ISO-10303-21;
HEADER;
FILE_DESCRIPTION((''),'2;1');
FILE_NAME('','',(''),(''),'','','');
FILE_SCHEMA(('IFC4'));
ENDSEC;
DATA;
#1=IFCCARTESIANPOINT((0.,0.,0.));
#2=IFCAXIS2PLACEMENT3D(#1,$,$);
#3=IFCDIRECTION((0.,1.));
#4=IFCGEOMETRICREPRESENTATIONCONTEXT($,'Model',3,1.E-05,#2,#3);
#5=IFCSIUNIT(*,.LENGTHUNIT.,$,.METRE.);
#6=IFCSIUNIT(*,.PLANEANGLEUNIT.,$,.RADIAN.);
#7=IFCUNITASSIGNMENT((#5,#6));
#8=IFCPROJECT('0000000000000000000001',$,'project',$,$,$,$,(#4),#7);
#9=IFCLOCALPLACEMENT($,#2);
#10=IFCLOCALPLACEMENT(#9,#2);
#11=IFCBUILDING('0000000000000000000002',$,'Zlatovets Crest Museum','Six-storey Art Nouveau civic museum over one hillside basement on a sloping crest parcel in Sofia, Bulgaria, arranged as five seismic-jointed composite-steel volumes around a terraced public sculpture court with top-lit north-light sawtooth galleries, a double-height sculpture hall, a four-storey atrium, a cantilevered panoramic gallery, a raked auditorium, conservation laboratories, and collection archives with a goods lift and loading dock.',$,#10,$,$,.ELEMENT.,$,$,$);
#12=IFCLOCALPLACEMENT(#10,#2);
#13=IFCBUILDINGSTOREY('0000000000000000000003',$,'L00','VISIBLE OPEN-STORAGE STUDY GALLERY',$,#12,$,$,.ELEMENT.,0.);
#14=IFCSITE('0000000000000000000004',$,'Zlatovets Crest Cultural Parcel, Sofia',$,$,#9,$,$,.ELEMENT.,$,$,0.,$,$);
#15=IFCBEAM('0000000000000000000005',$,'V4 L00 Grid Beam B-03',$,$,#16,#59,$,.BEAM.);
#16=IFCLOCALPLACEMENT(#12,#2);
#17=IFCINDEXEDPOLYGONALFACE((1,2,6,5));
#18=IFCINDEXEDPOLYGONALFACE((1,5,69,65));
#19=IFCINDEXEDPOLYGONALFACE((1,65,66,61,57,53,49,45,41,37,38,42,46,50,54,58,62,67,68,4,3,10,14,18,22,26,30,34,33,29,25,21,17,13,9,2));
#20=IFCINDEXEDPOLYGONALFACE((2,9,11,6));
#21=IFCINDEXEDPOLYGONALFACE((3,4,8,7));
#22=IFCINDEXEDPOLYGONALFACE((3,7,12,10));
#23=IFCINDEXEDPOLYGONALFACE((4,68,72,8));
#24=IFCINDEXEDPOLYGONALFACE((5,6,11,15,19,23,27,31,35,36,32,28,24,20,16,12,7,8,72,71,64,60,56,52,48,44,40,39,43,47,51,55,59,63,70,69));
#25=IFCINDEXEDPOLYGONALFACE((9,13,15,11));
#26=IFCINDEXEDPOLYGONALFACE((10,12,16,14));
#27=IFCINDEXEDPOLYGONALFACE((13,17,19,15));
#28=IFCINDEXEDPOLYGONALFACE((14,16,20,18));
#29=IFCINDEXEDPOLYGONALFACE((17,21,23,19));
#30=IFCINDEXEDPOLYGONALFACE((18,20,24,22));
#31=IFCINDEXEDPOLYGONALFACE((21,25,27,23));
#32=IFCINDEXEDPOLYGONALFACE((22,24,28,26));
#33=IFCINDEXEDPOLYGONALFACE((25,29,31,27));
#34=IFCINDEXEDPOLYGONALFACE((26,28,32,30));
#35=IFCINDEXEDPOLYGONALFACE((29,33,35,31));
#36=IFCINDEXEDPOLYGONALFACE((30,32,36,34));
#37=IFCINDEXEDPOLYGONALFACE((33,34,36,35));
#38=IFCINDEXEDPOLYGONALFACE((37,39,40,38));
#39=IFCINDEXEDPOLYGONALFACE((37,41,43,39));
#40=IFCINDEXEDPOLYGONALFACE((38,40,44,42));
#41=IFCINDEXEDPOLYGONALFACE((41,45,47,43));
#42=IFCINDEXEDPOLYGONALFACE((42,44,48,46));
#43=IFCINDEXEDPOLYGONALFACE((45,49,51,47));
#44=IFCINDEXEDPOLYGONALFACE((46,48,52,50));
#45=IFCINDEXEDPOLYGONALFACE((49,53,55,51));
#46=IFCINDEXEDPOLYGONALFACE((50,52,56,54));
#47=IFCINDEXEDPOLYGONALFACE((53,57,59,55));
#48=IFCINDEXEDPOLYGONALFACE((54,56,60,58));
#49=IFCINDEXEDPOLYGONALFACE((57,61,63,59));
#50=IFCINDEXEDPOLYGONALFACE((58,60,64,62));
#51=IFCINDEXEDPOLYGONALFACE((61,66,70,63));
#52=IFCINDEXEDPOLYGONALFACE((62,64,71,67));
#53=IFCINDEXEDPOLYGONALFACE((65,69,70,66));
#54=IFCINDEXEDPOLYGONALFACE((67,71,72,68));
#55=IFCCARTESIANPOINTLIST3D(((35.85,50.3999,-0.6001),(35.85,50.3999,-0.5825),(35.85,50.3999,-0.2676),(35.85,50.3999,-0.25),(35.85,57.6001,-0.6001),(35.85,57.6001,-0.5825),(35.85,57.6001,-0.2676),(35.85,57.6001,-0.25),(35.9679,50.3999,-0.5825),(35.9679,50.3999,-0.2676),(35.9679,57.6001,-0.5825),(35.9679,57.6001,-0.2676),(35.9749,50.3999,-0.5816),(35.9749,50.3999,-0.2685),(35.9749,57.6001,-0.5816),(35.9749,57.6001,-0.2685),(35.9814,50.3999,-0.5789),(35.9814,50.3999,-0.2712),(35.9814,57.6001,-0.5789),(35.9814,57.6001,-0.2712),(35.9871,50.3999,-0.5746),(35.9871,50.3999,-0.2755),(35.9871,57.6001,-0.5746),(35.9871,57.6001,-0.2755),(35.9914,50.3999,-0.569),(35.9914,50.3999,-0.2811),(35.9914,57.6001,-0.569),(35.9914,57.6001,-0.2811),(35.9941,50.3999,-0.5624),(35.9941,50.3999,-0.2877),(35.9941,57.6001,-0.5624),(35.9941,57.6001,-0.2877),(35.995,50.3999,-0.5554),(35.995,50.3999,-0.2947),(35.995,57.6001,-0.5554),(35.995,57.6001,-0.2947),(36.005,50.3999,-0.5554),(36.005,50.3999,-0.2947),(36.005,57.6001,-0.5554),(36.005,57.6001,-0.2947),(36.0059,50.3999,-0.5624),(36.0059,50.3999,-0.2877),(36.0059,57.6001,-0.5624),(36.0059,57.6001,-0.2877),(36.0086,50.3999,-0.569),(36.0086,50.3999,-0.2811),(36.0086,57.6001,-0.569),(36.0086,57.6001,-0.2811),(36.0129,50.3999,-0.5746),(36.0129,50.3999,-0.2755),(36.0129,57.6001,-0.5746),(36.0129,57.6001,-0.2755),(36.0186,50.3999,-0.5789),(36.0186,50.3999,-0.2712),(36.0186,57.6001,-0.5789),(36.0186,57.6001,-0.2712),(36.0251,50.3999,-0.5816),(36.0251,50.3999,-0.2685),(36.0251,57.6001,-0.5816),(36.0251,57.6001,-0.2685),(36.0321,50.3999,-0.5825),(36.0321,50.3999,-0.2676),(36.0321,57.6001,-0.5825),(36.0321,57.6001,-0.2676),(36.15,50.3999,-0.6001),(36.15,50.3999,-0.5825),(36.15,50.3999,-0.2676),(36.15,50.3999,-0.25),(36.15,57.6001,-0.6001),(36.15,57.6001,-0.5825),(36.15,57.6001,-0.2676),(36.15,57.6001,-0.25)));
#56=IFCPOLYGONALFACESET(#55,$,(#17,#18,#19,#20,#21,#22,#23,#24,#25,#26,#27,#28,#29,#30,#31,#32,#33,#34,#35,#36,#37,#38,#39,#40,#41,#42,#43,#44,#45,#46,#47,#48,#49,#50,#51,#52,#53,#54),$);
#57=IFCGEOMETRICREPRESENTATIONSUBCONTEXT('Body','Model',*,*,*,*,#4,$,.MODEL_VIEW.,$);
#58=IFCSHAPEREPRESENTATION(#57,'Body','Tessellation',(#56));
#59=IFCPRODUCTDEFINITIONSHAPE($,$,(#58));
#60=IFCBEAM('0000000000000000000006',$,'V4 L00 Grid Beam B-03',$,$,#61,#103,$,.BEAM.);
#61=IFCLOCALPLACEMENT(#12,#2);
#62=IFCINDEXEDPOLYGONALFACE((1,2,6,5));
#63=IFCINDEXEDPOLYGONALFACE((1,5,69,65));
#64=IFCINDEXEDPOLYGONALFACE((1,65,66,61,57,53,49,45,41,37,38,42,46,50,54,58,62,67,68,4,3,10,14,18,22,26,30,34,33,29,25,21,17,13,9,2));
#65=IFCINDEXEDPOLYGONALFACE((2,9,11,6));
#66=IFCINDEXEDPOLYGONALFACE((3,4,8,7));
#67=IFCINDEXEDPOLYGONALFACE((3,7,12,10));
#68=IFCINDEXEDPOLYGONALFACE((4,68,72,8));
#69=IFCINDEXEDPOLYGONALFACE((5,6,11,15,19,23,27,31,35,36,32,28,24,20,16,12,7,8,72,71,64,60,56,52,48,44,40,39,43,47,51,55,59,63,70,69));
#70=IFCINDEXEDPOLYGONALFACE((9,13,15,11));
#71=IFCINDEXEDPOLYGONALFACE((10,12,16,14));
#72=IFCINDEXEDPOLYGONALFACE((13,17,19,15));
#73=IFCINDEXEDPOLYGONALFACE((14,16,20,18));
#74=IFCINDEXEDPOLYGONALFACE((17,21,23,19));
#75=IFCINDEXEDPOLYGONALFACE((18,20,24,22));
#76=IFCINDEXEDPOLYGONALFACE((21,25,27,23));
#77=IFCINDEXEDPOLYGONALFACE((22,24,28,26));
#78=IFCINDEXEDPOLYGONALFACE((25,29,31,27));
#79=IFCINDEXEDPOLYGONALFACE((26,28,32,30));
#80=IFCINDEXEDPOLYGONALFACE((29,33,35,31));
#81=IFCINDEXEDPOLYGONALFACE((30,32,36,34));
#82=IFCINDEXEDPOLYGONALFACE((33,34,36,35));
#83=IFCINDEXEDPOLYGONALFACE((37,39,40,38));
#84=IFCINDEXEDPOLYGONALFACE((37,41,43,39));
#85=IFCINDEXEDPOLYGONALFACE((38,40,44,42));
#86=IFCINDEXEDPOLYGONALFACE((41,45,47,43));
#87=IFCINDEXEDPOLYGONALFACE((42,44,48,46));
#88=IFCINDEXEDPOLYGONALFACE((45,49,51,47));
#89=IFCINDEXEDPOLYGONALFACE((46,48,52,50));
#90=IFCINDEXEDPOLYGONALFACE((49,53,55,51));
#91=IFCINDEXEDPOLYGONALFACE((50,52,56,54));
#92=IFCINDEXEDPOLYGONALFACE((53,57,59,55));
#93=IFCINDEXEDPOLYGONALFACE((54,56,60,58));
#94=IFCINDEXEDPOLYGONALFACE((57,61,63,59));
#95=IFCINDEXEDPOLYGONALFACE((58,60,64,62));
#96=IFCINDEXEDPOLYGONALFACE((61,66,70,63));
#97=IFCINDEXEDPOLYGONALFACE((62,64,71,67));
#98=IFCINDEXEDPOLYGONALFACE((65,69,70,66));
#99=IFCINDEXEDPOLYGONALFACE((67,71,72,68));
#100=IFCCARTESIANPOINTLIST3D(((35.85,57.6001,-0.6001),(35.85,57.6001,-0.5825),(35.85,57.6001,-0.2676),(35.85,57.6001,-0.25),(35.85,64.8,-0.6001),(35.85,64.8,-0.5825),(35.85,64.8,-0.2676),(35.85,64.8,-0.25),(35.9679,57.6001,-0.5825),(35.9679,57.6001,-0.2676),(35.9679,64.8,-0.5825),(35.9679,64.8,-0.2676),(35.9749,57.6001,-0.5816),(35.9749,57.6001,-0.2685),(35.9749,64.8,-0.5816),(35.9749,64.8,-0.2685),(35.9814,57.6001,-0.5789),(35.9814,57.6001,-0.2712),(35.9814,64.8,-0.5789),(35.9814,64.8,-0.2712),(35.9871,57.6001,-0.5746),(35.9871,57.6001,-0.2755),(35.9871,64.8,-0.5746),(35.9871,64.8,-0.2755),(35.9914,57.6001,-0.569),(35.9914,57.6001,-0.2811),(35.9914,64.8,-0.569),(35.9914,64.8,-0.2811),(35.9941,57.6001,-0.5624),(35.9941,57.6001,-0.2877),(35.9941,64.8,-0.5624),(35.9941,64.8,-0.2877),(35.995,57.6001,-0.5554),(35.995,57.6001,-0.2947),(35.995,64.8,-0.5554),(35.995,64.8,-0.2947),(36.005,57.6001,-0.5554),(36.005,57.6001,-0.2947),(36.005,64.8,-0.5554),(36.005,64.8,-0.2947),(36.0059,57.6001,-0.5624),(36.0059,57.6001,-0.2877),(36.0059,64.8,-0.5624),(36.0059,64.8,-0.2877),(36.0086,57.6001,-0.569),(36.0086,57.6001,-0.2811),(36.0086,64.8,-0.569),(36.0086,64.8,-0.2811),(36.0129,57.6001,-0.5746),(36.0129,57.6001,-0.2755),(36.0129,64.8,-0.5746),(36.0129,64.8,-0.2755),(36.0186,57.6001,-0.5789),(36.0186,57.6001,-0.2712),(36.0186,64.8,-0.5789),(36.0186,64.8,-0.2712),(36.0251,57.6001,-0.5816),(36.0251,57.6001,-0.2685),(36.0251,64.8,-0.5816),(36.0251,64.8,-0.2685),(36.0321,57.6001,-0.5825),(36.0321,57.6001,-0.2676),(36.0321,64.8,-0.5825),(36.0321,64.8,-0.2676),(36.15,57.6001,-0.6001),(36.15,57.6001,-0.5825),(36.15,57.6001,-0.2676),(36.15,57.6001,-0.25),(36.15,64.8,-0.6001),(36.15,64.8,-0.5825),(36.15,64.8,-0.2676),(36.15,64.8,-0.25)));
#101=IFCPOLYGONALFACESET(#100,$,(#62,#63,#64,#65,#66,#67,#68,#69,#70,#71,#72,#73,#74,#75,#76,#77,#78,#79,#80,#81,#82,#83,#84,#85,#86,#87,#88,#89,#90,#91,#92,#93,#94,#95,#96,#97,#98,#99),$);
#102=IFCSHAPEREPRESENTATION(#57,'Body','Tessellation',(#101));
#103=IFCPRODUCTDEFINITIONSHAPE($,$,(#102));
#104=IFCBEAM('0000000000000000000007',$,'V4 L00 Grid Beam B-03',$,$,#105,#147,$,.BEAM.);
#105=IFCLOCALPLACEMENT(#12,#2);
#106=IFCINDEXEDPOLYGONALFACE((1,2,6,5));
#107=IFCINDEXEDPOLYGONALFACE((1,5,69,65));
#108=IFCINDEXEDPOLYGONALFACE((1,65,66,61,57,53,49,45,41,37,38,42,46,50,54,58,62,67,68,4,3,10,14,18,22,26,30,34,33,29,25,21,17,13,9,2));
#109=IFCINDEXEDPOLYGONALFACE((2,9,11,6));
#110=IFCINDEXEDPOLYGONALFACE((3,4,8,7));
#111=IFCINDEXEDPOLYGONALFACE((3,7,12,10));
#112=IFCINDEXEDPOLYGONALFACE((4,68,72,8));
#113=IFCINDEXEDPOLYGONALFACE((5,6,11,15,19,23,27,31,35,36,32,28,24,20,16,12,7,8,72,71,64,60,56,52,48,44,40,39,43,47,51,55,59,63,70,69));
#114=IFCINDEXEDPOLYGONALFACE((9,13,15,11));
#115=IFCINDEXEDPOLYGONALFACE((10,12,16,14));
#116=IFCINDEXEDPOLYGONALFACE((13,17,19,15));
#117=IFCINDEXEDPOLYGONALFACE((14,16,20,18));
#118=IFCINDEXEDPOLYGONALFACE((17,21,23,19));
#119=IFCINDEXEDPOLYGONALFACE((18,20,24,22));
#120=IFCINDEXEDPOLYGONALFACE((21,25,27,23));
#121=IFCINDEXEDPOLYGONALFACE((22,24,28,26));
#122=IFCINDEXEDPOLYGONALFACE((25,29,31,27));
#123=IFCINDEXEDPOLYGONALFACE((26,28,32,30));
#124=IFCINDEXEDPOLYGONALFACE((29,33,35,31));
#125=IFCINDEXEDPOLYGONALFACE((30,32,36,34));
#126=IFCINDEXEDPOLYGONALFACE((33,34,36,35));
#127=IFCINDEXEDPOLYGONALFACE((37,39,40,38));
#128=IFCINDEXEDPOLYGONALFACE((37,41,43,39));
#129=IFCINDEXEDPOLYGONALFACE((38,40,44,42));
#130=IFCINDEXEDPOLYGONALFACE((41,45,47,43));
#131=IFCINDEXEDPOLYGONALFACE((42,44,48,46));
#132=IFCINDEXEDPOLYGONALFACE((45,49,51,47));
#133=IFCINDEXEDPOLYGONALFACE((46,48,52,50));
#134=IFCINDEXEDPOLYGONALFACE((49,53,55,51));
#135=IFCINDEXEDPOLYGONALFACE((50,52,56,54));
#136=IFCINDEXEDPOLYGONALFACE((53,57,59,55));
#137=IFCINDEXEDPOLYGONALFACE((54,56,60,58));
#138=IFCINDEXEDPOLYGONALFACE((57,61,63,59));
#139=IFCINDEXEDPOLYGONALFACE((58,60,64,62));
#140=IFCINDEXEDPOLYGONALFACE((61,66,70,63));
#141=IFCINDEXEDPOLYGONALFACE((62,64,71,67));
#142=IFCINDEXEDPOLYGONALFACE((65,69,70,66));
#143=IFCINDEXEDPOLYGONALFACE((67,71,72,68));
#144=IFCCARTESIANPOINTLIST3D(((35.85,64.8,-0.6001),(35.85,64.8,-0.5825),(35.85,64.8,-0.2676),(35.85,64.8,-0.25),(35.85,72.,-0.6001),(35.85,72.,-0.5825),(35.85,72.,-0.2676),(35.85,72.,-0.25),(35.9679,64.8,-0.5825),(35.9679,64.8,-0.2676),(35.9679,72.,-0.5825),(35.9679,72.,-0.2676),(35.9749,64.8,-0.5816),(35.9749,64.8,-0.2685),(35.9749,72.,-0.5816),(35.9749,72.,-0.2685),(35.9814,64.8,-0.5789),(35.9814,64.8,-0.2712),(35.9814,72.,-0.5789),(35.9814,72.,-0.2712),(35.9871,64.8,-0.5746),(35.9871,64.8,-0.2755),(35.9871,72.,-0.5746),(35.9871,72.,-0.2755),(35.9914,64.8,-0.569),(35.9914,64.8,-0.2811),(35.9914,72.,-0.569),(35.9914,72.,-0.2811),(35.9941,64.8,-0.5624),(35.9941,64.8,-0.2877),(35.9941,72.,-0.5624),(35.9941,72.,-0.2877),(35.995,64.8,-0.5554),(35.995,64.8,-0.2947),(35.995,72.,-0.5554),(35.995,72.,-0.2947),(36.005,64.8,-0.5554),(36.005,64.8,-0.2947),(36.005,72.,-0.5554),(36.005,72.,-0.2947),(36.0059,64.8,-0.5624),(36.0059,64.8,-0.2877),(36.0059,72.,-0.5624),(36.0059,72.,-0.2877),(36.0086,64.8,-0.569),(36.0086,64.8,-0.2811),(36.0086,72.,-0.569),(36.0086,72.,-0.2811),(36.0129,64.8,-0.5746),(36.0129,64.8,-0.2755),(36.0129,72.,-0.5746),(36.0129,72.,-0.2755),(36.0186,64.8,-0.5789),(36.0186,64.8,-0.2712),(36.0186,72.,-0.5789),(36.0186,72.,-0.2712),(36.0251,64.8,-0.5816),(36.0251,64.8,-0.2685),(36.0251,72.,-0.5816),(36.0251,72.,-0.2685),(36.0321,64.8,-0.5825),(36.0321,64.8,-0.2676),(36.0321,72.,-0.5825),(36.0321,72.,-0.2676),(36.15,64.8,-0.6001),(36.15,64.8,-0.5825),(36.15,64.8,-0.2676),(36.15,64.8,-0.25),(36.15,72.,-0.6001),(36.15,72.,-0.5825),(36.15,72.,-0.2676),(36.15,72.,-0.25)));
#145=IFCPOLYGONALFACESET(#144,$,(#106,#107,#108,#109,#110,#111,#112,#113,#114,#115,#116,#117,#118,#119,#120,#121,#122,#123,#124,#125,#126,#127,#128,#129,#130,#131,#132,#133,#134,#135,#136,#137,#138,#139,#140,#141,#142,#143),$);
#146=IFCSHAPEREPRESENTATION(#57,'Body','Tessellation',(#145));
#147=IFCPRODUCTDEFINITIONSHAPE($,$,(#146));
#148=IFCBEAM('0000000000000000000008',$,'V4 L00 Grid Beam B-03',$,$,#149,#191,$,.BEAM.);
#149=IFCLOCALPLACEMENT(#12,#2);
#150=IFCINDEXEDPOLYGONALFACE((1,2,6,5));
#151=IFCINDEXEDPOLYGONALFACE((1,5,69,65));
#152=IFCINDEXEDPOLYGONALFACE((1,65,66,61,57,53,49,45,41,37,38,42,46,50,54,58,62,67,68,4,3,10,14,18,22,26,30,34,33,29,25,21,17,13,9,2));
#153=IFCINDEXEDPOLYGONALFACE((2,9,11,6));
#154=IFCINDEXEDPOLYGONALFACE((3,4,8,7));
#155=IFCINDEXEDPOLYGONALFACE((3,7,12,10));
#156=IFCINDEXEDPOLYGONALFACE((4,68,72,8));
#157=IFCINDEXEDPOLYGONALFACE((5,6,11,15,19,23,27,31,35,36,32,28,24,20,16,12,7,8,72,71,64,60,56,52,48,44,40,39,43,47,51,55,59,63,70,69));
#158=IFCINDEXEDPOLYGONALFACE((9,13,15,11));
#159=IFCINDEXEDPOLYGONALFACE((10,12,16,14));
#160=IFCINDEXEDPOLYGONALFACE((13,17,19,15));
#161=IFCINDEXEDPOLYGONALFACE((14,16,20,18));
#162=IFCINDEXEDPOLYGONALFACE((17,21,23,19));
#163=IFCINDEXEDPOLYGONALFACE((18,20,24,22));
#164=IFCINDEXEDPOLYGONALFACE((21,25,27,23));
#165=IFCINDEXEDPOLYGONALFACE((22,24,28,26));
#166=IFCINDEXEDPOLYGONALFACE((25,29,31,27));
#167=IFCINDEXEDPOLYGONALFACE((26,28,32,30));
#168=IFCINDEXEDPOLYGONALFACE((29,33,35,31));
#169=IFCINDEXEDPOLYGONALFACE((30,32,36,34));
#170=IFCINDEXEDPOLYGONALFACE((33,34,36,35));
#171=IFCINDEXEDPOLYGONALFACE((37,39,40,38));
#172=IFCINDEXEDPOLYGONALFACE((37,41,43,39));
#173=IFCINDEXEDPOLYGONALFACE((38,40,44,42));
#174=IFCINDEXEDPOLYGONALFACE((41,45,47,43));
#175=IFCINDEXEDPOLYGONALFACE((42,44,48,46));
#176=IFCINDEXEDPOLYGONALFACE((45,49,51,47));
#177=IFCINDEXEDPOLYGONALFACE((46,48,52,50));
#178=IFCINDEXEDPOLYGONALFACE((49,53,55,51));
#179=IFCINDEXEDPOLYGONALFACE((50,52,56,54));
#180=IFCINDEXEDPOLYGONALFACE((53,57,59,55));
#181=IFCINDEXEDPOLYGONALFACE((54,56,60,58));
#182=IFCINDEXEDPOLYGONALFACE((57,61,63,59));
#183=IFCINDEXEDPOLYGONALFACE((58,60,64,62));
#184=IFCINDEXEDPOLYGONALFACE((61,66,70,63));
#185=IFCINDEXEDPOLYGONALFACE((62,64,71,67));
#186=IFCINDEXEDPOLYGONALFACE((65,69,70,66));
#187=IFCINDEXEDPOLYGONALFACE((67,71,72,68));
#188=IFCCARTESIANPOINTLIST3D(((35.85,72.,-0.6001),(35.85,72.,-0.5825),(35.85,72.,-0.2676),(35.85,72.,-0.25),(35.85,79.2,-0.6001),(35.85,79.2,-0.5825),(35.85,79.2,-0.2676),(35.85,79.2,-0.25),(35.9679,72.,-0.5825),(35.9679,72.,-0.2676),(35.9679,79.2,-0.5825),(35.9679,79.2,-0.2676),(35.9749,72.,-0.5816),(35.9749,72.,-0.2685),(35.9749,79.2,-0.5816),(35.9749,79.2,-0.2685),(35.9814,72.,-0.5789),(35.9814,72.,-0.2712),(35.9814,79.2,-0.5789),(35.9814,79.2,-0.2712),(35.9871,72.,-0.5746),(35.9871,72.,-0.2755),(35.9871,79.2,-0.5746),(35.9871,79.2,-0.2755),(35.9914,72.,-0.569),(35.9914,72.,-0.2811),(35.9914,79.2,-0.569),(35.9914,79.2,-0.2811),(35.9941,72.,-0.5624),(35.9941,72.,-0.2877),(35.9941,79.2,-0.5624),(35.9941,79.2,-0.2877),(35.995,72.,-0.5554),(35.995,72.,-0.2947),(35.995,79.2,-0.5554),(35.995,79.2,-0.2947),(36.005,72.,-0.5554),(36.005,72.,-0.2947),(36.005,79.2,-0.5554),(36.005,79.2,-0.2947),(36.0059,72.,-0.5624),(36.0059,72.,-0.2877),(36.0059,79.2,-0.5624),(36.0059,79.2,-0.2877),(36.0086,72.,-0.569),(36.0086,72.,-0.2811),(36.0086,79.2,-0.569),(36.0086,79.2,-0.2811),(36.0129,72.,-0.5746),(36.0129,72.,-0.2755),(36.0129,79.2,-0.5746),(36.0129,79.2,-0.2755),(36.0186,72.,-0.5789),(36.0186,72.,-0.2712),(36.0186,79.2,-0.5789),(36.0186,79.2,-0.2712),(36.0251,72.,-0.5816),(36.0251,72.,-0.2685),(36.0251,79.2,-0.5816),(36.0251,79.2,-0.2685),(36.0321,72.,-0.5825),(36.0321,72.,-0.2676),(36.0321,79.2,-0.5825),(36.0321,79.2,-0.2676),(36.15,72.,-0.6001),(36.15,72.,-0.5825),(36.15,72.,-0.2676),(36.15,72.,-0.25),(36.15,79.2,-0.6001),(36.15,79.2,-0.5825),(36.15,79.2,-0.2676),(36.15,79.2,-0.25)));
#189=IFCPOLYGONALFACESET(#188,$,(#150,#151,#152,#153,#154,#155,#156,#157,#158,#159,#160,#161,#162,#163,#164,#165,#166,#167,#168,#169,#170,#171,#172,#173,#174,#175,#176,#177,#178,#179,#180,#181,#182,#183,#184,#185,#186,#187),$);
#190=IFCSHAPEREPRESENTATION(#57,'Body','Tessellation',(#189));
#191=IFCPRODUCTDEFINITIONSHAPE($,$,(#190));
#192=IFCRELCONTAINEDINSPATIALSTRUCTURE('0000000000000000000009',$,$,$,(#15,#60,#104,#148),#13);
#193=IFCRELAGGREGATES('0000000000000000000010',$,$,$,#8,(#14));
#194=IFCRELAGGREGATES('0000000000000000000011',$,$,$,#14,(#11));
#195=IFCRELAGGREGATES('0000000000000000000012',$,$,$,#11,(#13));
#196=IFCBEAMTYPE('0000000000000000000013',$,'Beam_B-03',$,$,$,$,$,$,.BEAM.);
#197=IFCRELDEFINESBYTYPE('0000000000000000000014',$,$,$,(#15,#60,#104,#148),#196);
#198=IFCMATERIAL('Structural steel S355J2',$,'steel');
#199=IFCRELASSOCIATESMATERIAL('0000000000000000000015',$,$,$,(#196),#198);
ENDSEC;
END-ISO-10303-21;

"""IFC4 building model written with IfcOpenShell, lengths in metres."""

from ifc_helpers import new_model, si_unit, direction, frame, origin, origin_2d, place, context, subcontext, project, spatial, i_section, extrude, material, material_profile, profile_set, type_object, element, save


model = new_model("IFC4")

# Units and contexts
model_context = context("Model", 3, precision=1e-05, world=origin(), true_north=direction((0.0, 1.0)))
body_context = subcontext(model_context, "Body", "Model", "MODEL_VIEW")
ifc_project = project(units=[si_unit("LENGTHUNIT", "METRE"), si_unit("PLANEANGLEUNIT", "RADIAN")], contexts=[model_context])

# Site, building, storey
site_placement = place(None, origin())
site = spatial("IfcSite", under=ifc_project, at=site_placement, Name="Zlatovets Crest Cultural Parcel, Sofia", CompositionType="ELEMENT", RefElevation=0.0)
building_placement = place(site_placement, origin())
building = spatial("IfcBuilding", under=site, at=building_placement, Name="Zlatovets Crest Museum", Description="Six-storey Art Nouveau civic museum over one hillside basement on a sloping crest parcel in Sofia, Bulgaria, arranged as five seismic-jointed composite-steel volumes around a terraced public sculpture court with top-lit north-light sawtooth galleries, a double-height sculpture hall, a four-storey atrium, a cantilevered panoramic gallery, a raked auditorium, conservation laboratories, and collection archives with a goods lift and loading dock.", CompositionType="ELEMENT")
storey_placement = place(building_placement, origin())
storey = spatial("IfcBuildingStorey", under=building, at=storey_placement, Name="L00", Description="VISIBLE OPEN-STORAGE STUDY GALLERY", CompositionType="ELEMENT", Elevation=0.0)

# Shared definitions
ifc_material_1 = material(Name="Structural steel S355J2", Category="steel")

# Beams
ifc_material_profile_1 = material_profile(ifc_material_1, i_section(OverallWidth=0.3, OverallDepth=0.3501, WebThickness=0.01, FlangeThickness=0.0176, FilletRadius=0.0271, at=origin_2d()), Name="HEA 360")
ifc_profile_set_1 = profile_set([ifc_material_profile_1], Name="Structural steel S355J2")
beam_type = type_object("IfcBeamType", Name="Beam_B-03", PredefinedType="BEAM", material=ifc_profile_set_1)
beam_placement = place(storey_placement, frame((36.0, 50.3999, -0.425), z_axis=(0.0, 1.0, 0.0), x_axis=(-1.0, 0.0, 0.0)))
element("IfcBeam", 1, at=beam_placement, inside=storey, type_object=beam_type, Name="V4 L00 Grid Beam B-03", PredefinedType="BEAM", context=body_context, shape_type="SweptSolid", body=[
    extrude(i_section(OverallWidth=0.3, OverallDepth=0.3501, WebThickness=0.01, FlangeThickness=0.0176, FilletRadius=0.0271, at=origin_2d()), origin(), (0.0, 0.0, 1.0), 7.2002),
])
for number, where, z_axis, x_axis, name in (
    (2, (36.0, 57.6001, -0.425), (0.0, 1.0, 0.0), (-1.0, 0.0, 0.0), "V4 L00 Grid Beam B-03"),
    (3, (36.0, 64.8, -0.425), (0.0, 1.0, 0.0), (-1.0, 0.0, 0.0), "V4 L00 Grid Beam B-03"),
    (4, (36.0, 72.0, -0.425), (0.0, 1.0, 0.0), (-1.0, 0.0, 0.0), "V4 L00 Grid Beam B-03"),
):
    element("IfcBeam", number, at=place(storey_placement, frame(where, z_axis=z_axis, x_axis=x_axis)), inside=storey, type_object=beam_type, Name=name, PredefinedType="BEAM", context=body_context, shape_type="SweptSolid", body=[
        extrude(i_section(OverallWidth=0.3, OverallDepth=0.3501, WebThickness=0.01, FlangeThickness=0.0176, FilletRadius=0.0271, at=origin_2d()), origin(), (0.0, 0.0, 1.0), 7.2),
    ])

save(model, "model.ifc")
